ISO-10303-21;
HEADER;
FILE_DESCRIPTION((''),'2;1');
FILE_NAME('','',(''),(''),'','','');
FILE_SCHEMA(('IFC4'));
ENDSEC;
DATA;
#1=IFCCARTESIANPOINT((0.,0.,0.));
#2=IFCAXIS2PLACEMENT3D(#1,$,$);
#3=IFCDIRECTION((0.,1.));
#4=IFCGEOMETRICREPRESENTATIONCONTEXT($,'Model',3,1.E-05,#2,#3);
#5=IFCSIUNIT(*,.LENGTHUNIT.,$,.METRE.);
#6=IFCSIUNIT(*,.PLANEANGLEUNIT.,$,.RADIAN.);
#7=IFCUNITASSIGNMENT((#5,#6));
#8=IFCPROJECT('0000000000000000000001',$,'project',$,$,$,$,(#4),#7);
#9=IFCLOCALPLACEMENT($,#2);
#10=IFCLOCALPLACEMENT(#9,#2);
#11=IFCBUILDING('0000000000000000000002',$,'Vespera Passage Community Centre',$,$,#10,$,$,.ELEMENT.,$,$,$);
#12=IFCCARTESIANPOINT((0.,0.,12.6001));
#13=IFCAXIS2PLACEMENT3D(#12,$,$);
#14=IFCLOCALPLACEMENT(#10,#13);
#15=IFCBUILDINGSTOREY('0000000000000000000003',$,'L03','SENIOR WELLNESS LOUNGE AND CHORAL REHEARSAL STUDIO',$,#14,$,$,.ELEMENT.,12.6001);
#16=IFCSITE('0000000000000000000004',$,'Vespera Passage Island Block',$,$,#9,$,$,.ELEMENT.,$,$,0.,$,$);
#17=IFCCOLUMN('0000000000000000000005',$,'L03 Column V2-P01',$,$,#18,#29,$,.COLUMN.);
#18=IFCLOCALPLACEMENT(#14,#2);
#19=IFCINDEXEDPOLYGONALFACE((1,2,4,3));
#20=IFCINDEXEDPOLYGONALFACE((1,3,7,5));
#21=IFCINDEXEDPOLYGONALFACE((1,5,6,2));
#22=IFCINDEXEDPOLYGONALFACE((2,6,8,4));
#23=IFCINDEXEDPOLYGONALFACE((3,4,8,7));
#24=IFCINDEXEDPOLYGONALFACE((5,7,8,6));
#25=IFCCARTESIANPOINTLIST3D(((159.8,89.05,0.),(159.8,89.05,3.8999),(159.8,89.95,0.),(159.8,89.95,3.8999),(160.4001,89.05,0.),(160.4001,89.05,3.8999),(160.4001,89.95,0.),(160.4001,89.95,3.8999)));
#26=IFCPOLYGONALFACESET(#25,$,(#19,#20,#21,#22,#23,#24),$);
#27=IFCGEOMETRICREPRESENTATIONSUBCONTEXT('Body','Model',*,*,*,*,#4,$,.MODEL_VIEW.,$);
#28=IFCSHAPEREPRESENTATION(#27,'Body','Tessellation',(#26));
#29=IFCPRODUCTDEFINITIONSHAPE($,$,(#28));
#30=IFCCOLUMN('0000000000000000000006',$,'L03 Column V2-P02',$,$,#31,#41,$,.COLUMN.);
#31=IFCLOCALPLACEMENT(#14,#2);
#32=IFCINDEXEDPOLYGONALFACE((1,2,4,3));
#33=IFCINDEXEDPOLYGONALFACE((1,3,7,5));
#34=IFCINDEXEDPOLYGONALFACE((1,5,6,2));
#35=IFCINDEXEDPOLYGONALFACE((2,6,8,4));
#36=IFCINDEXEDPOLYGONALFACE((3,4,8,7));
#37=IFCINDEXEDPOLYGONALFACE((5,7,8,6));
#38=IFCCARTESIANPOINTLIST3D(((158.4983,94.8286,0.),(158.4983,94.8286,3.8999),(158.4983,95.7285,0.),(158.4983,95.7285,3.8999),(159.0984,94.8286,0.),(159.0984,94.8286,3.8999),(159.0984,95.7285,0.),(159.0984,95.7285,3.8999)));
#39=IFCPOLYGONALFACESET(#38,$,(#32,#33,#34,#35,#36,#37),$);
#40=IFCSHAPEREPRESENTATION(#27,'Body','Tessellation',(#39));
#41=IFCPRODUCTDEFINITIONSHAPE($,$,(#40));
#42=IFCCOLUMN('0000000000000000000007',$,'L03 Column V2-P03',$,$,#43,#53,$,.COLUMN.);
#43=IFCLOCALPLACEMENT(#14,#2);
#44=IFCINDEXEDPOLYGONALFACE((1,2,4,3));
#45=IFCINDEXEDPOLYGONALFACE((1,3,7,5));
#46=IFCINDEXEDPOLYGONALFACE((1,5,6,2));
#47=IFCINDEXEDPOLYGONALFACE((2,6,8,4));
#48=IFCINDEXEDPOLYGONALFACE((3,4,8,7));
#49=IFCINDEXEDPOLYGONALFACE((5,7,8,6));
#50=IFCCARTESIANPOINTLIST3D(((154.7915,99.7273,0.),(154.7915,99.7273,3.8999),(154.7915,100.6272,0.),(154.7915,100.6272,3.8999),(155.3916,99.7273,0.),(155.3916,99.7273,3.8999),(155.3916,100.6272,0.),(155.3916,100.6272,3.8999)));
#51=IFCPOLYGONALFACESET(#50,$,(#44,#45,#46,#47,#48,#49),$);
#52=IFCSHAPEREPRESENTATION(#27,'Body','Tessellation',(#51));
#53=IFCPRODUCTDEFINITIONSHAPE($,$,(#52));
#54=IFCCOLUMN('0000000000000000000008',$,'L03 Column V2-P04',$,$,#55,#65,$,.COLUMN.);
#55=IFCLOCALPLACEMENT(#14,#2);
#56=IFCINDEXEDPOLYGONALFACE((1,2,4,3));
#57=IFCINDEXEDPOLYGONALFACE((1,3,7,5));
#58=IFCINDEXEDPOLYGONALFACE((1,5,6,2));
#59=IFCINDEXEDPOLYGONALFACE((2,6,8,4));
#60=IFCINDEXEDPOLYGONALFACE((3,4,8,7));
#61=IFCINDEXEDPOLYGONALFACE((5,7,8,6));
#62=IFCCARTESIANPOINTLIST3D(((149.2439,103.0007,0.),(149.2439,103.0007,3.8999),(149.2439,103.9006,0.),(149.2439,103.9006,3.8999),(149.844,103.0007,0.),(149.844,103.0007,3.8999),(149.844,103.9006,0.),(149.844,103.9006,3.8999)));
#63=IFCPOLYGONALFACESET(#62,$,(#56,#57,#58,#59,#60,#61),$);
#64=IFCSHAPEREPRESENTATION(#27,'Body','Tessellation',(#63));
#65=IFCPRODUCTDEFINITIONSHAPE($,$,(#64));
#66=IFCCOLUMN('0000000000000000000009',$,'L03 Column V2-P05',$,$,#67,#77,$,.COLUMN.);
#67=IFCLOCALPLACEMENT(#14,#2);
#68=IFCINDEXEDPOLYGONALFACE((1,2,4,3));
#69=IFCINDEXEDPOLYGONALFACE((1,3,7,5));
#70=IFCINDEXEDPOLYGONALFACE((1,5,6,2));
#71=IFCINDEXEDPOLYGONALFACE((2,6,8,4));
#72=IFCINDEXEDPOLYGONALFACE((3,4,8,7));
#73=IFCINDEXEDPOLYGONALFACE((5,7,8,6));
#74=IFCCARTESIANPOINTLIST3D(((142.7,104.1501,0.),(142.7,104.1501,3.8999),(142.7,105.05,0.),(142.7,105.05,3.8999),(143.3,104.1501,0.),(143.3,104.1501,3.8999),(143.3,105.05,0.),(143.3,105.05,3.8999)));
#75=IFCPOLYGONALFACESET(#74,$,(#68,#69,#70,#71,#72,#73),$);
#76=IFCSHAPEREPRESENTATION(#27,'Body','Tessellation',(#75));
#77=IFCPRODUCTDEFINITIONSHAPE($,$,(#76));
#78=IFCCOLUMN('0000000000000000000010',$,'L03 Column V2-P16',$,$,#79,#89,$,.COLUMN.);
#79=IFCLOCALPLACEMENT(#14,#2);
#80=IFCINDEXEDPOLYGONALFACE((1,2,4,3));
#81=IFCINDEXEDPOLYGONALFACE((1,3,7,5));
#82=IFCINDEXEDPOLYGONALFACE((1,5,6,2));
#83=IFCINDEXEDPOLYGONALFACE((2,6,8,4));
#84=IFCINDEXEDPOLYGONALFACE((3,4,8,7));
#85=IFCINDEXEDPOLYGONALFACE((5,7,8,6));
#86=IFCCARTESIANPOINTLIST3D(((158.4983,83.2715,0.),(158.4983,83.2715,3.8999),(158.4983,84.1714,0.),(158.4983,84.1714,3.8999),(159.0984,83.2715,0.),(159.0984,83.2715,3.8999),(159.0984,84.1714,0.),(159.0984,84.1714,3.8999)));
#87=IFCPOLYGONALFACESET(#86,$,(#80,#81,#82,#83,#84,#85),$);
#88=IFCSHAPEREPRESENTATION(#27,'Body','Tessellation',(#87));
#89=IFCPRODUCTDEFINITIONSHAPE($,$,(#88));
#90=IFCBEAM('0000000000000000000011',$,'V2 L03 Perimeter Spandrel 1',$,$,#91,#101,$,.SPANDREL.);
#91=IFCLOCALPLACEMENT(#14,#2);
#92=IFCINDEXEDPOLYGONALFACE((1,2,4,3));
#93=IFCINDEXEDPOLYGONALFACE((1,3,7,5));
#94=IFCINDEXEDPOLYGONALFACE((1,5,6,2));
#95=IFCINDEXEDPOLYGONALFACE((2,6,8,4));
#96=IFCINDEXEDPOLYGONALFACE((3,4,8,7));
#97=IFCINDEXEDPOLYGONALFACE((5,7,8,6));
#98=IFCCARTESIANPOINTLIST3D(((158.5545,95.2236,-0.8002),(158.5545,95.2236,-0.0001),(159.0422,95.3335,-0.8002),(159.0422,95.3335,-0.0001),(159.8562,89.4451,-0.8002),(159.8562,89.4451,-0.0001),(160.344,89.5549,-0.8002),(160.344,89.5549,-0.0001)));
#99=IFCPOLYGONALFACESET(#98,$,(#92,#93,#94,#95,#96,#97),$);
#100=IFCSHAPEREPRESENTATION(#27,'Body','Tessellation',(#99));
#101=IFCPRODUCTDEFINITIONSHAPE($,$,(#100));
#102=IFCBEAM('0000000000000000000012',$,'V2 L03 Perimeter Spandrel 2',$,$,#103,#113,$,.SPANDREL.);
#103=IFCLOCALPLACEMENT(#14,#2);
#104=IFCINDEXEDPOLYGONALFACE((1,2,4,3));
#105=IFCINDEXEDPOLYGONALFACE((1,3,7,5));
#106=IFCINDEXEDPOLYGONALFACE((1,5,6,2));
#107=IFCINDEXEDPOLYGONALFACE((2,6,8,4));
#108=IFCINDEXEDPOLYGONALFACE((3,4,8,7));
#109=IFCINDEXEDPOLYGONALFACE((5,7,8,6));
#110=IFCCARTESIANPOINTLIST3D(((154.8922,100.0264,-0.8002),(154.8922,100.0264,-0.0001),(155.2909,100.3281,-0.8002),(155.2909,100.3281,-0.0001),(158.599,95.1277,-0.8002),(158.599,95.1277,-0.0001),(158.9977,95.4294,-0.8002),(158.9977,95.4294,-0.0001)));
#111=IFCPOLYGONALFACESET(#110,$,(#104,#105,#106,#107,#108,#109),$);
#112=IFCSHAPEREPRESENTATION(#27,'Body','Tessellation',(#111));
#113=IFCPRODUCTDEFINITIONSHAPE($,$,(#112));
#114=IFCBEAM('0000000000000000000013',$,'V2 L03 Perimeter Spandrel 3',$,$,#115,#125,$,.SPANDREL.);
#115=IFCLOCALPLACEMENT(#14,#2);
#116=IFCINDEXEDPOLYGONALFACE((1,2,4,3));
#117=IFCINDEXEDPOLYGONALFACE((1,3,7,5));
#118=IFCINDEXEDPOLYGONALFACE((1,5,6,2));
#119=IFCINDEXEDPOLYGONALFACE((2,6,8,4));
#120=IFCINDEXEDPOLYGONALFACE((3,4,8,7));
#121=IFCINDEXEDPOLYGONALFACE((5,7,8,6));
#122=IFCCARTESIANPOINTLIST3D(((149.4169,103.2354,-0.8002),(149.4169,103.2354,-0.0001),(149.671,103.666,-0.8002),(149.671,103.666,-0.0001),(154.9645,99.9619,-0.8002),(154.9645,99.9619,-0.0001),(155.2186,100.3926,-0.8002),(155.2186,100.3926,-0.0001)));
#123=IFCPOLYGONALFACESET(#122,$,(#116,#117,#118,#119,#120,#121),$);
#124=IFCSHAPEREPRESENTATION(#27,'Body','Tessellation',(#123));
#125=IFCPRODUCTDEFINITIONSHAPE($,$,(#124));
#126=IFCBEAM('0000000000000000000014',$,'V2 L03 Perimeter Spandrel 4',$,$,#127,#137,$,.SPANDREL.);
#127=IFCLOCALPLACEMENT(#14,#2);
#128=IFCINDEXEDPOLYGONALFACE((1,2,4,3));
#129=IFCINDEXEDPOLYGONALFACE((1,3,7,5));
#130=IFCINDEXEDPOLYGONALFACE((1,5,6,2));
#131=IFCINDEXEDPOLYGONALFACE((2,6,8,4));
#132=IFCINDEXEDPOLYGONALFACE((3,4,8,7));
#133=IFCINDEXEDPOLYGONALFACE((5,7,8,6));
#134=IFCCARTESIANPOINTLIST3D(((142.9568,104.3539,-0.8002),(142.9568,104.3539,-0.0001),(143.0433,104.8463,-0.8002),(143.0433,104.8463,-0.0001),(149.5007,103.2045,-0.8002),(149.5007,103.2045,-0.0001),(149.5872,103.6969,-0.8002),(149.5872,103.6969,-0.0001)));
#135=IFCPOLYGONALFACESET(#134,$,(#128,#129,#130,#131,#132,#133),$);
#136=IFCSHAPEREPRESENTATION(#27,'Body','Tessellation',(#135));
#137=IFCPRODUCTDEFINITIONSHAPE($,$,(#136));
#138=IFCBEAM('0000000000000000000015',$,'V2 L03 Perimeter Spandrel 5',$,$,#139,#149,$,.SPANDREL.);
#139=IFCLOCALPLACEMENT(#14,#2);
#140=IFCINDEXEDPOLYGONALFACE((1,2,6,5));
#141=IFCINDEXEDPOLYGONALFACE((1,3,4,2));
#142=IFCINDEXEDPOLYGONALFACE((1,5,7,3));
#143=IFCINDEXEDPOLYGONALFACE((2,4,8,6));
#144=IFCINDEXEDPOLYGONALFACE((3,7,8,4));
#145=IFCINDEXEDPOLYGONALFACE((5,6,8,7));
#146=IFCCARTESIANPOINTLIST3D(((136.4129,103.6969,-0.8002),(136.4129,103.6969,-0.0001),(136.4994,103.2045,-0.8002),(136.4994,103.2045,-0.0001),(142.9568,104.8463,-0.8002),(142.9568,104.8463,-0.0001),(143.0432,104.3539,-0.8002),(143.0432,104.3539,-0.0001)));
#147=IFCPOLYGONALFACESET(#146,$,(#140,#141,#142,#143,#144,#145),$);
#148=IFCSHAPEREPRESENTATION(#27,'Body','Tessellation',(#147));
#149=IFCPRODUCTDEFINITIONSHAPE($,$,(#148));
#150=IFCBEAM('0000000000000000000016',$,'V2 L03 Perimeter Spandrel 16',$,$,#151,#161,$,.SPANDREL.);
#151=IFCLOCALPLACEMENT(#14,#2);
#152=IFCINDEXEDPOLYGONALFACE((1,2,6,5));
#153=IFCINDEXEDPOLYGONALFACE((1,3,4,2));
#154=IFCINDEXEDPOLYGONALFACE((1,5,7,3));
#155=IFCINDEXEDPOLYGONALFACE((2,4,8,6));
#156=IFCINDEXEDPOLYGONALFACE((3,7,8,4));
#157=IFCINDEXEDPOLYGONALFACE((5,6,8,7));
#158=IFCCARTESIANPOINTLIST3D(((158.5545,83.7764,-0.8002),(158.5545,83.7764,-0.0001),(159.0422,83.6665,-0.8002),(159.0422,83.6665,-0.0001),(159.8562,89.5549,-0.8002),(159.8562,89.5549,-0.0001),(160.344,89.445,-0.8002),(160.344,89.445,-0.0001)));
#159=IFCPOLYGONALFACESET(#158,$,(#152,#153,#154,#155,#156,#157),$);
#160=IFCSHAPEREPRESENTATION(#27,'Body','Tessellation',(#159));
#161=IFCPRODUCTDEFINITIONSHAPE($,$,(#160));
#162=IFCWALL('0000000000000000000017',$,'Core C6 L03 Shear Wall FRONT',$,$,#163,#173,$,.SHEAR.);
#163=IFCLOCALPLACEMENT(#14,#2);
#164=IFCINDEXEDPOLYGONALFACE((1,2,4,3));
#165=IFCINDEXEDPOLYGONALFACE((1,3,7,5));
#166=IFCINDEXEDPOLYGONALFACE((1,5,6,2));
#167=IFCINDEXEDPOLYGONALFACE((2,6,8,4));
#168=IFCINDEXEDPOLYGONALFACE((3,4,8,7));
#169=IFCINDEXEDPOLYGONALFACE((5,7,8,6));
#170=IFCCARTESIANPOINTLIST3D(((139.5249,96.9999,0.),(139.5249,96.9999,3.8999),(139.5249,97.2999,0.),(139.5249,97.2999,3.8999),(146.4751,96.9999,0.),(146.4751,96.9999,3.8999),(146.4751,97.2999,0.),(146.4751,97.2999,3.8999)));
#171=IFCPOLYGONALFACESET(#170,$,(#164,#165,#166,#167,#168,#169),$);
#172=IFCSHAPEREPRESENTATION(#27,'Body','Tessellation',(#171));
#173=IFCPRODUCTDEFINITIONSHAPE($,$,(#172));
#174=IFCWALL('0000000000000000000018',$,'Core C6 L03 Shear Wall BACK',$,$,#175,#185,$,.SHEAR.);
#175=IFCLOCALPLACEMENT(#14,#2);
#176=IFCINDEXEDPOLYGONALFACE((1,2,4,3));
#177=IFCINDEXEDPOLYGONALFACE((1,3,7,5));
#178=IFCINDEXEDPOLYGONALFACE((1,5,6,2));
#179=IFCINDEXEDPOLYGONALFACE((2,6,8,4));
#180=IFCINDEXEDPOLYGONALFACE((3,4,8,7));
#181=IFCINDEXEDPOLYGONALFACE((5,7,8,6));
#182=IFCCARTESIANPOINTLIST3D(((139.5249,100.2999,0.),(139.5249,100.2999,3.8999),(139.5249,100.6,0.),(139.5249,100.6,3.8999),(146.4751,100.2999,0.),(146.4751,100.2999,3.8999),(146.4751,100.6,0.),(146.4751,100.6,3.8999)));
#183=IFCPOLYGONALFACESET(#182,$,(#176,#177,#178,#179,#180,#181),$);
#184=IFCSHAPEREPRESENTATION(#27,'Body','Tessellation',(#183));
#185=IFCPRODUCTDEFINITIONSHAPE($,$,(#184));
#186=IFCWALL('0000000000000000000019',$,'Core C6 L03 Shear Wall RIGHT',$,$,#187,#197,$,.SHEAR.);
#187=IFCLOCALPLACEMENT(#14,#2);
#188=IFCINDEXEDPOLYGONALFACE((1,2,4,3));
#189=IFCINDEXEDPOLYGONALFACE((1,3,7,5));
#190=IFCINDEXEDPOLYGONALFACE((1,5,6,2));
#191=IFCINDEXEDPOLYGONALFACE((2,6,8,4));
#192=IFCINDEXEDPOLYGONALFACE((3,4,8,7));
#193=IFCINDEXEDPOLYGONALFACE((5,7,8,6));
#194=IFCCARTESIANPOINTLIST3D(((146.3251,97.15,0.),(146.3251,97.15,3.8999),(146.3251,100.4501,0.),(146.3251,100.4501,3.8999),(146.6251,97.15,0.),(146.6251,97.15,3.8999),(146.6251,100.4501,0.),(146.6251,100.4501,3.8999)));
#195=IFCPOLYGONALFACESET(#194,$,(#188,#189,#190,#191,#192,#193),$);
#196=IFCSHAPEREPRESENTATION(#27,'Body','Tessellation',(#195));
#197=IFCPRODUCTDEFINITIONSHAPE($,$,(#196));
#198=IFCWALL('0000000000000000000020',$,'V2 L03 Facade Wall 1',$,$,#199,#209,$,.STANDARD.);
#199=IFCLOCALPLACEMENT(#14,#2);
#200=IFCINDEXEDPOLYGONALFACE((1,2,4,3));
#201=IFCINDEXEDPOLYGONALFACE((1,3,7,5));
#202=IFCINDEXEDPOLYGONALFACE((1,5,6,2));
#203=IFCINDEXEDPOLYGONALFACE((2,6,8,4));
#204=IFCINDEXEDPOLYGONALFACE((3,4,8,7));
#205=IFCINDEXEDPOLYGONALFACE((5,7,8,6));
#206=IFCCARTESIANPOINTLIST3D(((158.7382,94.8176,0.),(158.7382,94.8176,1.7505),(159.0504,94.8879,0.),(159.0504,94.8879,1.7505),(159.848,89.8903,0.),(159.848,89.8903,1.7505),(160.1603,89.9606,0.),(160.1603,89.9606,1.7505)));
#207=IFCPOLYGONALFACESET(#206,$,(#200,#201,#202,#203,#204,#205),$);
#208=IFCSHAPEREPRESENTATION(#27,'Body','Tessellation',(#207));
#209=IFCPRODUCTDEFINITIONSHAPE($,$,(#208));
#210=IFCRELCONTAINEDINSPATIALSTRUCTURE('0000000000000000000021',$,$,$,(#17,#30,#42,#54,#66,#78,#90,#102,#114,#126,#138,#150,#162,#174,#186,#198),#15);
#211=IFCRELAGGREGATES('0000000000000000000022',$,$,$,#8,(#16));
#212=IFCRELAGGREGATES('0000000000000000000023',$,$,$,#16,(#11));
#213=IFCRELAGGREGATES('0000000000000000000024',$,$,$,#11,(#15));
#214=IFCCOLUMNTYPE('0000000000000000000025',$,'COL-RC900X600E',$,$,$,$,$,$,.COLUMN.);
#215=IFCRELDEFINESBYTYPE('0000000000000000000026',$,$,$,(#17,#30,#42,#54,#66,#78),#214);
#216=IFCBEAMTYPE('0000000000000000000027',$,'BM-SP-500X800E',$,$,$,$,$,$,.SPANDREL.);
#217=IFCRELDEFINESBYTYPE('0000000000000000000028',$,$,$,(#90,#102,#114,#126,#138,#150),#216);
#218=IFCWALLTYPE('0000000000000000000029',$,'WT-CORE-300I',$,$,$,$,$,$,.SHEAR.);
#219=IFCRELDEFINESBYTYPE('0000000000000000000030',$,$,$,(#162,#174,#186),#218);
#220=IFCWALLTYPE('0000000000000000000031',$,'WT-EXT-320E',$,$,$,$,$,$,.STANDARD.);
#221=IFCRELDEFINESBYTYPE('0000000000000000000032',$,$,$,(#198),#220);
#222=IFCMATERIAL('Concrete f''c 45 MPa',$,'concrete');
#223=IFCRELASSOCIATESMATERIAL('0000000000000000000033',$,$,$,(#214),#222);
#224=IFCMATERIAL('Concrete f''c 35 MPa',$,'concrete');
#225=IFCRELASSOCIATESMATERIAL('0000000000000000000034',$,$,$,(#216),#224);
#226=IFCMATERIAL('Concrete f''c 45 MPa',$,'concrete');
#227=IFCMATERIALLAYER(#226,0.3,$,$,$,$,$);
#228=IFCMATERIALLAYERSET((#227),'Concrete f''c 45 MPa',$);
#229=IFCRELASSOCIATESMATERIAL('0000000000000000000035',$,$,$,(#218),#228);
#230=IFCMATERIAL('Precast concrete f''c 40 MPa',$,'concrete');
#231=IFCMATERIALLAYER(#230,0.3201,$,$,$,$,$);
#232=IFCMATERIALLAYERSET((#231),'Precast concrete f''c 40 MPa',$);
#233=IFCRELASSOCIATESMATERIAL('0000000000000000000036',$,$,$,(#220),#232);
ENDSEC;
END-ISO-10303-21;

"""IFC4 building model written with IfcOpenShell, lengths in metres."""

from ifc_helpers import new_model, si_unit, direction, frame, frame_2d, origin, origin_2d, place, context, subcontext, project, spatial, rectangle, extrude, material, layer, layer_set, material_profile, profile_set, type_object, element, save


model = new_model("IFC4")

# Units and contexts
model_context = context("Model", 3, precision=1e-05, world=origin(), true_north=direction((0.0, 1.0)))
body_context = subcontext(model_context, "Body", "Model", "MODEL_VIEW")
ifc_project = project(units=[si_unit("LENGTHUNIT", "METRE"), si_unit("PLANEANGLEUNIT", "RADIAN")], contexts=[model_context])

# Site, building, storey
site_placement = place(None, origin())
site = spatial("IfcSite", under=ifc_project, at=site_placement, Name="Vespera Passage Island Block", CompositionType="ELEMENT", RefElevation=0.0)
building_placement = place(site_placement, origin())
building = spatial("IfcBuilding", under=site, at=building_placement, Name="Vespera Passage Community Centre", CompositionType="ELEMENT")
storey_placement = place(building_placement, frame((0.0, 0.0, 12.6001)))
storey = spatial("IfcBuildingStorey", under=building, at=storey_placement, Name="L03", Description="SENIOR WELLNESS LOUNGE AND CHORAL REHEARSAL STUDIO", CompositionType="ELEMENT", Elevation=12.6001)

# Columns
ifc_material_1 = material(Name="Concrete f'c 45 MPa", Category="concrete")
ifc_material_profile_1 = material_profile(ifc_material_1, rectangle(XDim=0.6001, YDim=0.8999, at=origin_2d()), Name="RC900X600")
ifc_profile_set_1 = profile_set([ifc_material_profile_1], Name="Concrete f'c 45 MPa")
column_type = type_object("IfcColumnType", Name="COL-RC900X600E", PredefinedType="COLUMN", material=ifc_profile_set_1)
for number, where, z_axis, x_axis, name in (
    (1, (160.1001, 89.5, 0.0), (0.0, 0.0, 1.0), (1.0, 0.0, 0.0), "L03 Column V2-P01"),
    (2, (158.7983, 95.2786, 0.0), (0.0, 0.0, 1.0), (1.0, 0.0, 0.0), "L03 Column V2-P02"),
    (3, (155.0916, 100.1772, 0.0), (0.0, 0.0, 1.0), (1.0, 0.0, 0.0), "L03 Column V2-P03"),
    (4, (149.5439, 103.4507, 0.0), (0.0, 0.0, 1.0), (1.0, 0.0, 0.0), "L03 Column V2-P04"),
    (5, (143.0, 104.6001, 0.0), (0.0, 0.0, 1.0), (1.0, 0.0, 0.0), "L03 Column V2-P05"),
    (6, (158.7983, 83.7214, 0.0), (0.0, 0.0, 1.0), (1.0, 0.0, 0.0), "L03 Column V2-P16"),
):
    element("IfcColumn", number, at=place(storey_placement, frame(where, z_axis=z_axis, x_axis=x_axis)), inside=storey, type_object=column_type, Name=name, PredefinedType="COLUMN", context=body_context, shape_type="SweptSolid", body=[
        extrude(rectangle(XDim=0.6001, YDim=0.8999, at=origin_2d()), origin(), (0.0, 0.0, 1.0), 3.8999),
    ])

# Beams
ifc_material_2 = material(Name="Concrete f'c 35 MPa", Category="concrete")
ifc_material_profile_2 = material_profile(ifc_material_2, rectangle(XDim=0.5, YDim=0.8, at=origin_2d()), Name="RC500X800")
ifc_profile_set_2 = profile_set([ifc_material_profile_2], Name="Concrete f'c 35 MPa")
beam_type = type_object("IfcBeamType", Name="BM-SP-500X800E", PredefinedType="SPANDREL", material=ifc_profile_set_2)
beam_1_placement = place(storey_placement, frame((160.1001, 89.5, -0.4001), z_axis=(-0.219766, 0.975553, 0.0), x_axis=(-0.975553, -0.219766, 0.0)))
element("IfcBeam", 7, at=beam_1_placement, inside=storey, type_object=beam_type, Name="V2 L03 Perimeter Spandrel 1", PredefinedType="SPANDREL", context=body_context, shape_type="SweptSolid", body=[
    extrude(rectangle(XDim=0.5, YDim=0.8, at=origin_2d()), origin(), (0.0, 0.0, 1.0), 5.9233),
])
beam_2_placement = place(storey_placement, frame((158.7983, 95.2786, -0.4001), z_axis=(-0.603409, 0.797432, 0.0), x_axis=(-0.797432, -0.603409, 0.0)))
element("IfcBeam", 8, at=beam_2_placement, inside=storey, type_object=beam_type, Name="V2 L03 Perimeter Spandrel 2", PredefinedType="SPANDREL", context=body_context, shape_type="SweptSolid", body=[
    extrude(rectangle(XDim=0.5, YDim=0.8, at=origin_2d()), origin(), (0.0, 0.0, 1.0), 6.1431),
])
beam_3_placement = place(storey_placement, frame((155.0916, 100.1772, -0.4001), z_axis=(-0.861246, 0.508189, 0.0), x_axis=(-0.508189, -0.861246, 0.0)))
element("IfcBeam", 9, at=beam_3_placement, inside=storey, type_object=beam_type, Name="V2 L03 Perimeter Spandrel 3", PredefinedType="SPANDREL", context=body_context, shape_type="SweptSolid", body=[
    extrude(rectangle(XDim=0.5, YDim=0.8, at=origin_2d()), origin(), (0.0, 0.0, 1.0), 6.4414),
])
for number, where, z_axis, x_axis, name in (
    (10, (149.5439, 103.4507, -0.4001), (-0.984922, 0.172997, 0.0), (-0.172997, -0.984922, 0.0), "V2 L03 Perimeter Spandrel 4"),
    (11, (143.0, 104.6001, -0.4001), (-0.984922, -0.172997, 0.0), (0.172997, -0.984922, 0.0), "V2 L03 Perimeter Spandrel 5"),
):
    element("IfcBeam", number, at=place(storey_placement, frame(where, z_axis=z_axis, x_axis=x_axis)), inside=storey, type_object=beam_type, Name=name, PredefinedType="SPANDREL", context=body_context, shape_type="SweptSolid", body=[
        extrude(rectangle(XDim=0.5, YDim=0.8, at=origin_2d()), origin(), (0.0, 0.0, 1.0), 6.644),
    ])
beam_4_placement = place(storey_placement, frame((158.7983, 83.7214, -0.4001), z_axis=(0.219766, 0.975553, 0.0), x_axis=(-0.975553, 0.219766, 0.0)))
element("IfcBeam", 12, at=beam_4_placement, inside=storey, type_object=beam_type, Name="V2 L03 Perimeter Spandrel 16", PredefinedType="SPANDREL", context=body_context, shape_type="SweptSolid", body=[
    extrude(rectangle(XDim=0.5, YDim=0.8, at=origin_2d()), origin(), (0.0, 0.0, 1.0), 5.9233),
])

# Walls
ifc_material_3 = material(Name="Concrete f'c 45 MPa", Category="concrete")
ifc_layer_1 = layer(ifc_material_3, 0.3)
ifc_layer_set_1 = layer_set([ifc_layer_1], Name="Concrete f'c 45 MPa")
wall_type_1 = type_object("IfcWallType", Name="WT-CORE-300I", PredefinedType="SHEAR", material=ifc_layer_set_1)
for number, where, z_axis, x_axis, name in (
    (13, (146.4751, 97.1499, 0.0), (0.0, 0.0, 1.0), (-1.0, 0.0, 0.0), "Core C6 L03 Shear Wall FRONT"),
    (14, (139.5249, 100.45, 0.0), (0.0, 0.0, 1.0), (1.0, 0.0, 0.0), "Core C6 L03 Shear Wall BACK"),
):
    element("IfcWall", number, at=place(storey_placement, frame(where, z_axis=z_axis, x_axis=x_axis)), inside=storey, type_object=wall_type_1, Name=name, PredefinedType="SHEAR", context=body_context, shape_type="SweptSolid", body=[
        extrude(rectangle(XDim=6.9502, YDim=0.3, at=frame_2d((3.4751, 0.0))), origin(), (0.0, 0.0, 1.0), 3.8999),
    ])
wall_1_placement = place(storey_placement, frame((146.4751, 100.45, 0.0), z_axis=(0.0, 0.0, 1.0), x_axis=(0.0, -1.0, 0.0)))
element("IfcWall", 15, at=wall_1_placement, inside=storey, type_object=wall_type_1, Name="Core C6 L03 Shear Wall RIGHT", PredefinedType="SHEAR", context=body_context, shape_type="SweptSolid", body=[
    extrude(rectangle(XDim=3.3, YDim=0.3, at=frame_2d((1.6499, 0.0))), origin(), (0.0, 0.0, 1.0), 3.8999),
])
ifc_material_4 = material(Name="Precast concrete f'c 40 MPa", Category="concrete")
ifc_layer_2 = layer(ifc_material_4, 0.3201)
ifc_layer_set_2 = layer_set([ifc_layer_2], Name="Precast concrete f'c 40 MPa")
wall_type_2 = type_object("IfcWallType", Name="WT-EXT-320E", PredefinedType="STANDARD", material=ifc_layer_set_2)
wall_2_placement = place(storey_placement, frame((158.8943, 94.8528, 0.0), z_axis=(0.0, 0.0, 1.0), x_axis=(0.219745, -0.975557, 0.0)))
element("IfcWall", 16, at=wall_2_placement, inside=storey, type_object=wall_type_2, Name="V2 L03 Facade Wall 1", PredefinedType="STANDARD", context=body_context, shape_type="SweptSolid", body=[
    extrude(rectangle(XDim=5.0508, YDim=0.3201, at=frame_2d((2.5254, 0.0))), origin(), (0.0, 0.0, 1.0), 1.7505),
])

save(model, "model.ifc")
